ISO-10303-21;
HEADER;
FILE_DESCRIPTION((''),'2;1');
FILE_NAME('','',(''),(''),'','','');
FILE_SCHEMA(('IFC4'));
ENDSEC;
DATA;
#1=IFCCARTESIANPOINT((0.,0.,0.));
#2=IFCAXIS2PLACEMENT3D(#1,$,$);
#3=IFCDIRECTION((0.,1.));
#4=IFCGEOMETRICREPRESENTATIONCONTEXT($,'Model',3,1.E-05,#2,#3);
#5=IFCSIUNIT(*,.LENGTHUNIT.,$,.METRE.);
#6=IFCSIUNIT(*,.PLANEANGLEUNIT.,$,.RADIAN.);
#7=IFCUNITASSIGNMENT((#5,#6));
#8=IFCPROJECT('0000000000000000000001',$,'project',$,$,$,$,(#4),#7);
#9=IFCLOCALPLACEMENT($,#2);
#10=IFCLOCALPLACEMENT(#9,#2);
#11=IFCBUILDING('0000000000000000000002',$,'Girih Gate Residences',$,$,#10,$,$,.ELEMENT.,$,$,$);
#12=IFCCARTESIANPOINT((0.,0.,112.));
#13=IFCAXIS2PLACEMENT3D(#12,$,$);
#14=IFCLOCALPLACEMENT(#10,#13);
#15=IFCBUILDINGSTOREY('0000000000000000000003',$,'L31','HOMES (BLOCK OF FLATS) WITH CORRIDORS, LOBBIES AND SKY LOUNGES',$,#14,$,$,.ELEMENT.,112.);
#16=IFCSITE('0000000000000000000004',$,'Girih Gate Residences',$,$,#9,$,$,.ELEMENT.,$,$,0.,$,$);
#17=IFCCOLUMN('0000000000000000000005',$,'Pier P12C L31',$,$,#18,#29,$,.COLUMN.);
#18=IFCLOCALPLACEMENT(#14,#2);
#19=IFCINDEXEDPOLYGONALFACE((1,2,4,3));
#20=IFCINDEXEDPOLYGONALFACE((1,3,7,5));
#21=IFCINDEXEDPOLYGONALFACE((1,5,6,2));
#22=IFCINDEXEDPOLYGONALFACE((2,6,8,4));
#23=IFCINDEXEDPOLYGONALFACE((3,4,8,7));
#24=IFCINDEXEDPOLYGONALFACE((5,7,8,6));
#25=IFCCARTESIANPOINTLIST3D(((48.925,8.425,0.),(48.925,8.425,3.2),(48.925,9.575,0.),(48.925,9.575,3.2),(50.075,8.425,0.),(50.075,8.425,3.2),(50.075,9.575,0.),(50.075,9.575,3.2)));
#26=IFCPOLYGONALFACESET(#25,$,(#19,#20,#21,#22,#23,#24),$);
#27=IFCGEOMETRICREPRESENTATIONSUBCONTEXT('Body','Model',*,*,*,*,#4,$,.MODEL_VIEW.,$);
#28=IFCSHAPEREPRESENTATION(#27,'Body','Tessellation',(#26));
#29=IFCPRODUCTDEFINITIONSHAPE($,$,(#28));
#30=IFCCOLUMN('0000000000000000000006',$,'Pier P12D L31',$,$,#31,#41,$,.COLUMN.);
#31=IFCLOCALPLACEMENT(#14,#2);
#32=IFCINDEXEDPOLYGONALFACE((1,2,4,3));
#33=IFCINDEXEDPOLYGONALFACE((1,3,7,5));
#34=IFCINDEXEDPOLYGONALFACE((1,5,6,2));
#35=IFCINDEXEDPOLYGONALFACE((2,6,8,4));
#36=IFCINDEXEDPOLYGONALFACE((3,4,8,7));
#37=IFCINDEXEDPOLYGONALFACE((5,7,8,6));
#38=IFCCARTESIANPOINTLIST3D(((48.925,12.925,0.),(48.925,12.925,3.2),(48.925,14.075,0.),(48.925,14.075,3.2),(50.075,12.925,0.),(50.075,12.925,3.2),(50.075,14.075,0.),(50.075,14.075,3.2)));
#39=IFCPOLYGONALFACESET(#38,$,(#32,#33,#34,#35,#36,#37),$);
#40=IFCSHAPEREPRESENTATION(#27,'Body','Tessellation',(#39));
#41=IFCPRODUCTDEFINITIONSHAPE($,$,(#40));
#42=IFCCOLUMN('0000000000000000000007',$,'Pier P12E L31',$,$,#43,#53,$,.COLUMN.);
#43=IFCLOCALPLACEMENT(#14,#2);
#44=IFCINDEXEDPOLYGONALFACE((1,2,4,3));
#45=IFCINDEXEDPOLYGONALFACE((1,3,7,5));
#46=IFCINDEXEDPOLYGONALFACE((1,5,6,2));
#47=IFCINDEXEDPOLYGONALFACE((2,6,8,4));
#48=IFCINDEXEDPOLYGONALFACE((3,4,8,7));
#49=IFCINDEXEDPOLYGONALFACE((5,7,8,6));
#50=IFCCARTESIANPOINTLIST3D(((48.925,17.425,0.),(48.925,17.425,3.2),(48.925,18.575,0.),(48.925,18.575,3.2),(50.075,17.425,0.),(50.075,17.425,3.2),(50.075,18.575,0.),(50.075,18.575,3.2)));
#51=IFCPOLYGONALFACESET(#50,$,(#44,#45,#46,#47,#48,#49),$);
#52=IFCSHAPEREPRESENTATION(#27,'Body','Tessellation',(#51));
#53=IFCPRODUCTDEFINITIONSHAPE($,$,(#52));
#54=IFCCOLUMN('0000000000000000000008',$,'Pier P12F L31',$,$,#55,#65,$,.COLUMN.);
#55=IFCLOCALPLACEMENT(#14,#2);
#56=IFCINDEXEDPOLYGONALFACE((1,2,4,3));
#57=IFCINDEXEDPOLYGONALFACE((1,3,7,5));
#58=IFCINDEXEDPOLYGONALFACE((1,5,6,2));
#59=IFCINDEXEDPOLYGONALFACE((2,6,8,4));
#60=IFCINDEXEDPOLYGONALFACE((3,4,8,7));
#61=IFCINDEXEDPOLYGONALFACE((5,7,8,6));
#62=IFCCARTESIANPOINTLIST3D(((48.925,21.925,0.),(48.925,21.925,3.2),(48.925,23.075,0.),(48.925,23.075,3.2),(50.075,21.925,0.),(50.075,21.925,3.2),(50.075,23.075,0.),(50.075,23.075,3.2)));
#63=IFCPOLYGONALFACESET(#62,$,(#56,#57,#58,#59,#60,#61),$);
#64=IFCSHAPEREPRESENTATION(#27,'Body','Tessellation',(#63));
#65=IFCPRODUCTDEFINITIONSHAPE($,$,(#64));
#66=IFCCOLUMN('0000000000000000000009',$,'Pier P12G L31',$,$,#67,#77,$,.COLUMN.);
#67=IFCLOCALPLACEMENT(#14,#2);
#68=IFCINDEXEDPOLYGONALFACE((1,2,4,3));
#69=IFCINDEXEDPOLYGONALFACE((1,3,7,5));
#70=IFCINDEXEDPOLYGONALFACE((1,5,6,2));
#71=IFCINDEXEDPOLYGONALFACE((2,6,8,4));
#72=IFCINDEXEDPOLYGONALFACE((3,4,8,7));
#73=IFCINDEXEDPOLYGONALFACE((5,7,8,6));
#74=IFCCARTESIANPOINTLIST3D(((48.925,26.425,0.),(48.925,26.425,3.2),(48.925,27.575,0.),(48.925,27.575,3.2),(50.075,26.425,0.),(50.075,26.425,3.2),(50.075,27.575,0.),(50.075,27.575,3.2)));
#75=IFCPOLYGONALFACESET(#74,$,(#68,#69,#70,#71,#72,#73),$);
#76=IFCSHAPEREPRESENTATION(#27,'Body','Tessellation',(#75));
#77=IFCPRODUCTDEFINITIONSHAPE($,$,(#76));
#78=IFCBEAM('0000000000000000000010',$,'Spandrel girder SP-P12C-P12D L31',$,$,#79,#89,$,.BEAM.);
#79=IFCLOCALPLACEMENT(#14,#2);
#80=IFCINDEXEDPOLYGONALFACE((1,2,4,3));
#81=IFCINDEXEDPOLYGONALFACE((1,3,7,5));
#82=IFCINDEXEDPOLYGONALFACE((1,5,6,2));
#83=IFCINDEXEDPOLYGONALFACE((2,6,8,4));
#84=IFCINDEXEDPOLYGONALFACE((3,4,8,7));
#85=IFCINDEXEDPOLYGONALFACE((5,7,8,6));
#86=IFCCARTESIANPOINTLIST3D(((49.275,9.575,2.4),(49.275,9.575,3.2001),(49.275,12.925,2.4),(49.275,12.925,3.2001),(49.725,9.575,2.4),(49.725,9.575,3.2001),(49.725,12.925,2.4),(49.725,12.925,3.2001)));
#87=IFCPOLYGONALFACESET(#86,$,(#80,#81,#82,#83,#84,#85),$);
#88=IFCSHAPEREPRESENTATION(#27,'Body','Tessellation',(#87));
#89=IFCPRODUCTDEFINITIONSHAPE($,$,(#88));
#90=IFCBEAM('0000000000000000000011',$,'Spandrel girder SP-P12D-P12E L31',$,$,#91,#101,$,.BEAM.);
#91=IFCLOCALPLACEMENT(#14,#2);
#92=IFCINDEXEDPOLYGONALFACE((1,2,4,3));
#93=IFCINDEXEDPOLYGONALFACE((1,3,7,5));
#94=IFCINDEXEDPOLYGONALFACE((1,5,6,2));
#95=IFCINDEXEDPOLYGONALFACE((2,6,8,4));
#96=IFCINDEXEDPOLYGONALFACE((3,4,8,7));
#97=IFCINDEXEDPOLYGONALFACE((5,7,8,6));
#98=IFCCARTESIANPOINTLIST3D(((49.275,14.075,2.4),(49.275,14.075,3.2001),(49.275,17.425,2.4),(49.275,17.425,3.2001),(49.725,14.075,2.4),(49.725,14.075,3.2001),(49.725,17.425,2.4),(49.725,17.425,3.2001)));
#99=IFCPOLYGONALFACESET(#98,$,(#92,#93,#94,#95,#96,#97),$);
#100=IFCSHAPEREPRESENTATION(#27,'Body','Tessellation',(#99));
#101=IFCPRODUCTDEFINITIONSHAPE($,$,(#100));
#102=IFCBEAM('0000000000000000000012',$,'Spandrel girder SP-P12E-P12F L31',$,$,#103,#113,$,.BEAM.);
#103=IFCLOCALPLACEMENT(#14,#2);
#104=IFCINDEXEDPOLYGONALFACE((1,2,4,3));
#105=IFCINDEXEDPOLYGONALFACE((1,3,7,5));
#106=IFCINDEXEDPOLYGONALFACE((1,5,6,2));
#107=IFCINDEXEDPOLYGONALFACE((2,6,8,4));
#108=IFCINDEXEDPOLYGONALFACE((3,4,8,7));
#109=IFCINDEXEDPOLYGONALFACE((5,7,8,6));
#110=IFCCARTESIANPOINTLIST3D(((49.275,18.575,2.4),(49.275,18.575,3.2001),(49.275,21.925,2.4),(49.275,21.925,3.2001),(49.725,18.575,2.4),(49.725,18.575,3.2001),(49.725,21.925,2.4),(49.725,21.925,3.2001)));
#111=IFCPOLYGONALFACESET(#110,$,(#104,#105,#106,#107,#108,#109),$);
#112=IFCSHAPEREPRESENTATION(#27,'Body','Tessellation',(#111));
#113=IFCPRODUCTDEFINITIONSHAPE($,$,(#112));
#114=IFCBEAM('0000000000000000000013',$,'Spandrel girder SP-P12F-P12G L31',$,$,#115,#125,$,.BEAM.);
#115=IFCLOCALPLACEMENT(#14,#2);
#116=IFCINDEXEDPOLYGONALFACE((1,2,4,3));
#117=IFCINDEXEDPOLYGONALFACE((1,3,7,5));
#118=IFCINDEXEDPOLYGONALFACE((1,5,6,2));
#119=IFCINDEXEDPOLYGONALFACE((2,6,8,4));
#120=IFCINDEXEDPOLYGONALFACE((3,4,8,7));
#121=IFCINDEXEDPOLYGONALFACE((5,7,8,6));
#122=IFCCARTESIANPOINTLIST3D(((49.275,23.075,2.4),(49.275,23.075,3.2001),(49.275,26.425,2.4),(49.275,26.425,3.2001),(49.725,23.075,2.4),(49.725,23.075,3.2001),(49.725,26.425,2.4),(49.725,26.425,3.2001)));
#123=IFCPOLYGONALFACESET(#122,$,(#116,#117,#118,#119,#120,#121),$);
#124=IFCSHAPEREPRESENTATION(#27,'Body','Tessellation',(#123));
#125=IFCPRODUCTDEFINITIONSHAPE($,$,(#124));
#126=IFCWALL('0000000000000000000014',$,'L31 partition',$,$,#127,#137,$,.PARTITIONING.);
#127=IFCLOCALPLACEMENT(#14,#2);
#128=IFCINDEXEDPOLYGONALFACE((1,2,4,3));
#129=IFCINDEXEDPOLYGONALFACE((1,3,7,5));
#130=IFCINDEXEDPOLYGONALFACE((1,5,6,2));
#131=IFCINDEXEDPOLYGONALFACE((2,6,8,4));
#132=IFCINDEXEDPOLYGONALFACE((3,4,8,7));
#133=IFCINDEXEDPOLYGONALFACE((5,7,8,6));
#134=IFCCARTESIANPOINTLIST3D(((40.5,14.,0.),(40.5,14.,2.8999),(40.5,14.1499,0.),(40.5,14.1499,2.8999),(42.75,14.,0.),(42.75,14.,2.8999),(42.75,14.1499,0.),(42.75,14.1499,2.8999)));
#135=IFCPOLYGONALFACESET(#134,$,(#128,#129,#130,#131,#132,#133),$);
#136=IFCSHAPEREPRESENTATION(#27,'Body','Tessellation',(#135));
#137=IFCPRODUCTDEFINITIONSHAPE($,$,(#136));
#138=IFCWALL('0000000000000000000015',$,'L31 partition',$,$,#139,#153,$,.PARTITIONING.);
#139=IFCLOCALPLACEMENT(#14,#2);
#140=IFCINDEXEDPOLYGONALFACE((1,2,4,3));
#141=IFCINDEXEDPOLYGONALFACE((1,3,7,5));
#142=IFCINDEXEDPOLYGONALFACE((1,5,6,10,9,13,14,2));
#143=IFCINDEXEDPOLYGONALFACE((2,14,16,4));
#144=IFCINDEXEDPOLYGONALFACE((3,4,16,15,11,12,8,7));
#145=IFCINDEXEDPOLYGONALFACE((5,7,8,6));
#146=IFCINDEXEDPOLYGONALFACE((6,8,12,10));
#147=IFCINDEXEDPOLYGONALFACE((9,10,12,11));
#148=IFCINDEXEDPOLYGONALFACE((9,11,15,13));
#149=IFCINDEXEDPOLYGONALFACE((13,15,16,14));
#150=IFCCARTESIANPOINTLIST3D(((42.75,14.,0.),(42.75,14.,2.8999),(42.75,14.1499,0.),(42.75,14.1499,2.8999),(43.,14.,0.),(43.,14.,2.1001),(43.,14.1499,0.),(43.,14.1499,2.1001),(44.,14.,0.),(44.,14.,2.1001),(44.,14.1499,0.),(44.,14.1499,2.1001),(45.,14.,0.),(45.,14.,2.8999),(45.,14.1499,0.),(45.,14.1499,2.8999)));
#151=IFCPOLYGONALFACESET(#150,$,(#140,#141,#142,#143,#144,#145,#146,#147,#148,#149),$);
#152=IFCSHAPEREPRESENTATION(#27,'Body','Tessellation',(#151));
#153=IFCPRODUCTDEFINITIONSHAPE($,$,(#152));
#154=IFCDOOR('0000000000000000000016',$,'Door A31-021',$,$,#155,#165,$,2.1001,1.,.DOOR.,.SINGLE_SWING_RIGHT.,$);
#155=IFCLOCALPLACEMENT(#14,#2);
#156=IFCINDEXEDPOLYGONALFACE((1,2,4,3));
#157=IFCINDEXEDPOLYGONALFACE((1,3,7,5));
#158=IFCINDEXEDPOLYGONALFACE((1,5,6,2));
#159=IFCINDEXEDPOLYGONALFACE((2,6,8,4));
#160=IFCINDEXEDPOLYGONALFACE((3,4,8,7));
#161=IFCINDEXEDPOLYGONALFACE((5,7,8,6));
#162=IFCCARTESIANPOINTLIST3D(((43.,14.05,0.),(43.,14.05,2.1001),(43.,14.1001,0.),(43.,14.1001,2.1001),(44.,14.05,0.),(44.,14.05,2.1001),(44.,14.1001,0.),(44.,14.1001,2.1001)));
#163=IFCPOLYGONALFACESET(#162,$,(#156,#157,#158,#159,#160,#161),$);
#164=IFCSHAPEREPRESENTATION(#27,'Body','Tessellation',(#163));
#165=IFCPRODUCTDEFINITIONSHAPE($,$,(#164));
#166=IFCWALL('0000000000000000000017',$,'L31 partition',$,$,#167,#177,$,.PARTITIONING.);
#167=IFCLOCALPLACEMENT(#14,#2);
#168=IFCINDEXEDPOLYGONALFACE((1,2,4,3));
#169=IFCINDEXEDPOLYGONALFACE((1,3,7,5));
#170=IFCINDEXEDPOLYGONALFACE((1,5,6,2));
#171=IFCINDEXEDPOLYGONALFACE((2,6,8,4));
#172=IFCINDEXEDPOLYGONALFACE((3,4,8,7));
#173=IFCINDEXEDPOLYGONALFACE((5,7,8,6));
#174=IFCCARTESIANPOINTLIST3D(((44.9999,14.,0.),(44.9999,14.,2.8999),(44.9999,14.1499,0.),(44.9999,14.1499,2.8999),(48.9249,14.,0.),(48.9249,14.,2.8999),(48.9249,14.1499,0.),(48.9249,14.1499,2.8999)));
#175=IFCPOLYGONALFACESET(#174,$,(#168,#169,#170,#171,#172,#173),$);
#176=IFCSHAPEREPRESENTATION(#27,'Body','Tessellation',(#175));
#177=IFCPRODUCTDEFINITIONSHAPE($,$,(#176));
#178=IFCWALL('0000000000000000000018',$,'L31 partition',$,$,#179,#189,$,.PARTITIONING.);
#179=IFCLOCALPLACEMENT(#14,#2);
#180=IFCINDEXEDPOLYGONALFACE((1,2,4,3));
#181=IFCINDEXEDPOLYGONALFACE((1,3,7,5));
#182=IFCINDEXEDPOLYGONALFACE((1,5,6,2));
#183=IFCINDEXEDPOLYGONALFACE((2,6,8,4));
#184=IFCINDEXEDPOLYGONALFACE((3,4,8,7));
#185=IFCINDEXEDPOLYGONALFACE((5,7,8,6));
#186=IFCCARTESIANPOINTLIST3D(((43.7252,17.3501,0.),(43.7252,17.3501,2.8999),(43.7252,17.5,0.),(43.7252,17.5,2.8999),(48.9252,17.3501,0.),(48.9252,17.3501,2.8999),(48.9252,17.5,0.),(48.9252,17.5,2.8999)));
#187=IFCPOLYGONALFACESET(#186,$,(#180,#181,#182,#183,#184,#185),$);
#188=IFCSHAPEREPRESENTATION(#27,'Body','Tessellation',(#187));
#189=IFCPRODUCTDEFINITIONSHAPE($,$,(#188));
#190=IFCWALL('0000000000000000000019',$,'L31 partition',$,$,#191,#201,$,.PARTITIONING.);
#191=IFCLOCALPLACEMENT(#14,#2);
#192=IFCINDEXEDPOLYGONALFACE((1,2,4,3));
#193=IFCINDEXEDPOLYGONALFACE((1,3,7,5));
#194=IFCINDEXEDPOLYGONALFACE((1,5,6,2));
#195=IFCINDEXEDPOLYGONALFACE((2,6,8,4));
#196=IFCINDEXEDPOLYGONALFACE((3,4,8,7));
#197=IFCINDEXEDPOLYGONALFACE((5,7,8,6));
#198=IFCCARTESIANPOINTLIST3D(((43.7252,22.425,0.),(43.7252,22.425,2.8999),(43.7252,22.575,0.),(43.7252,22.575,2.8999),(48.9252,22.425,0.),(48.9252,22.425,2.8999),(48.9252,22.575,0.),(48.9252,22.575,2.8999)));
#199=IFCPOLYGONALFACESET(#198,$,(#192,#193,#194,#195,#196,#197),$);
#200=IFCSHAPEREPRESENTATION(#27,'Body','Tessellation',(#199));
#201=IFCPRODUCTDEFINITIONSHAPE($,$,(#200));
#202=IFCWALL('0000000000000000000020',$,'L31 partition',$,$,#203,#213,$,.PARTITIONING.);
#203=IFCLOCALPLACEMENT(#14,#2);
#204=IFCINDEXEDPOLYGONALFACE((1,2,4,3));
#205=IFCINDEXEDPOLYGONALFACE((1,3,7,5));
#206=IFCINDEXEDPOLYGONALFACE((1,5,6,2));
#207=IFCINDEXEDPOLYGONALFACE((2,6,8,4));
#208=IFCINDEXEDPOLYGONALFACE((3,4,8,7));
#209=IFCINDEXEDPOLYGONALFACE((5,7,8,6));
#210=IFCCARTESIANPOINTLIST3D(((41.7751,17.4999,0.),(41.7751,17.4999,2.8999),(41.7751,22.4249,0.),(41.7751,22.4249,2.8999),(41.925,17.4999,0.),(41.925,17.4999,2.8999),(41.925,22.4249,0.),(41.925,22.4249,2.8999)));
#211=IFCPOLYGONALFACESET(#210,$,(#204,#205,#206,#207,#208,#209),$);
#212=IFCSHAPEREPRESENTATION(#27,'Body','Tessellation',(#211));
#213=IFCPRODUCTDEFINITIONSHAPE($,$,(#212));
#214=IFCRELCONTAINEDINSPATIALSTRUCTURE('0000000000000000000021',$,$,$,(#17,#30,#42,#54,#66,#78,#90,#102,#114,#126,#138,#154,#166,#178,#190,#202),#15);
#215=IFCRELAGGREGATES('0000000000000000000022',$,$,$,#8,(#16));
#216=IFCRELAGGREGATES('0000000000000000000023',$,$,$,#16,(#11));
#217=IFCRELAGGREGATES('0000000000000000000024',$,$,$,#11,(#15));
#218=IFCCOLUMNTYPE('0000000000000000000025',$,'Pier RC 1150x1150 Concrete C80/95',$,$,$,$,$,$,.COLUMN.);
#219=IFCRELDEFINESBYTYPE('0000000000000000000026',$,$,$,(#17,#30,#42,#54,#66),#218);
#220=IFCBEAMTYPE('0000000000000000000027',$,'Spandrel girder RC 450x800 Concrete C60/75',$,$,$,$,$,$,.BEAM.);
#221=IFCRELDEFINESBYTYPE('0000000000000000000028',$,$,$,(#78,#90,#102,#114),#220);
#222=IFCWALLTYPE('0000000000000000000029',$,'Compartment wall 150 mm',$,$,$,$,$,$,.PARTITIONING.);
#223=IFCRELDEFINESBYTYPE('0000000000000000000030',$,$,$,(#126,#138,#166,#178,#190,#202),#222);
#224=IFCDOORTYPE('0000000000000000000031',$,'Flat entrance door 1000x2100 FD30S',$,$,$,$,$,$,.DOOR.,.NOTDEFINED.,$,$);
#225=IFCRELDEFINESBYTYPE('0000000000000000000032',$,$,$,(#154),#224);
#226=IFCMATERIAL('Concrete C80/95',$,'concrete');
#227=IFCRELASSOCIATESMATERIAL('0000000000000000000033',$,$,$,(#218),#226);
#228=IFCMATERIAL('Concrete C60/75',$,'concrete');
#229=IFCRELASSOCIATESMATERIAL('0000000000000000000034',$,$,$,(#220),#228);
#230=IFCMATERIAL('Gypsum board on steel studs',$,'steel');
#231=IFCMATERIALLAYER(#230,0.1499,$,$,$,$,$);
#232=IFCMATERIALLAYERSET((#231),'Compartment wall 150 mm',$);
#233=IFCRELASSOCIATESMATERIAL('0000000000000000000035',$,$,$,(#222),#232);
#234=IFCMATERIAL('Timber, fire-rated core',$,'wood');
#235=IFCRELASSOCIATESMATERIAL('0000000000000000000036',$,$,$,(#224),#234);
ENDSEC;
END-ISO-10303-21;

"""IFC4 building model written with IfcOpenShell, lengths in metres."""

from ifc_helpers import new_model, si_unit, direction, frame, frame_2d, origin, origin_2d, place, context, subcontext, project, spatial, rectangle, extrude, material, layer, layer_set, material_profile, profile_set, type_object, element, fill, save


model = new_model("IFC4")

# Units and contexts
model_context = context("Model", 3, precision=1e-05, world=origin(), true_north=direction((0.0, 1.0)))
body_context = subcontext(model_context, "Body", "Model", "MODEL_VIEW")
ifc_project = project(units=[si_unit("LENGTHUNIT", "METRE"), si_unit("PLANEANGLEUNIT", "RADIAN")], contexts=[model_context])

# Site, building, storey
site_placement = place(None, origin())
site = spatial("IfcSite", under=ifc_project, at=site_placement, Name="Girih Gate Residences", CompositionType="ELEMENT", RefElevation=0.0)
building_placement = place(site_placement, origin())
building = spatial("IfcBuilding", under=site, at=building_placement, Name="Girih Gate Residences", CompositionType="ELEMENT")
storey_placement = place(building_placement, frame((0.0, 0.0, 112.0)))
storey = spatial("IfcBuildingStorey", under=building, at=storey_placement, Name="L31", Description="HOMES (BLOCK OF FLATS) WITH CORRIDORS, LOBBIES AND SKY LOUNGES", CompositionType="ELEMENT", Elevation=112.0)

# Columns
ifc_material_1 = material(Name="Concrete C80/95", Category="concrete")
ifc_material_profile_1 = material_profile(ifc_material_1, rectangle(XDim=1.1499, YDim=1.1499, at=origin_2d()))
ifc_profile_set_1 = profile_set([ifc_material_profile_1], Name="Concrete C80/95")
column_type = type_object("IfcColumnType", Name="Pier RC 1150x1150 Concrete C80/95", PredefinedType="COLUMN", material=ifc_profile_set_1)
for number, where, z_axis, x_axis, name in (
    (1, (49.5, 9.0, 0.0), (0.0, 0.0, 1.0), (1.0, 0.0, 0.0), "Pier P12C L31"),
    (2, (49.5, 13.5, 0.0), (0.0, 0.0, 1.0), (1.0, 0.0, 0.0), "Pier P12D L31"),
    (3, (49.5, 18.0, 0.0), (0.0, 0.0, 1.0), (1.0, 0.0, 0.0), "Pier P12E L31"),
    (4, (49.5, 22.5, 0.0), (0.0, 0.0, 1.0), (1.0, 0.0, 0.0), "Pier P12F L31"),
    (5, (49.5, 27.0, 0.0), (0.0, 0.0, 1.0), (1.0, 0.0, 0.0), "Pier P12G L31"),
):
    element("IfcColumn", number, at=place(storey_placement, frame(where, z_axis=z_axis, x_axis=x_axis)), inside=storey, type_object=column_type, Name=name, PredefinedType="COLUMN", context=body_context, shape_type="SweptSolid", body=[
        extrude(rectangle(XDim=1.1499, YDim=1.1499, at=origin_2d()), origin(), (0.0, 0.0, 1.0), 3.2),
    ])

# Beams
ifc_material_2 = material(Name="Concrete C60/75", Category="concrete")
ifc_material_profile_2 = material_profile(ifc_material_2, rectangle(XDim=0.45, YDim=0.8, at=origin_2d()))
ifc_profile_set_2 = profile_set([ifc_material_profile_2], Name="Concrete C60/75")
beam_type = type_object("IfcBeamType", Name="Spandrel girder RC 450x800 Concrete C60/75", PredefinedType="BEAM", material=ifc_profile_set_2)
for number, where, z_axis, x_axis, name in (
    (6, (49.5, 9.575, 2.8), (0.0, 1.0, 0.0), (-1.0, 0.0, 0.0), "Spandrel girder SP-P12C-P12D L31"),
    (7, (49.5, 14.075, 2.8), (0.0, 1.0, 0.0), (-1.0, 0.0, 0.0), "Spandrel girder SP-P12D-P12E L31"),
    (8, (49.5, 18.575, 2.8), (0.0, 1.0, 0.0), (-1.0, 0.0, 0.0), "Spandrel girder SP-P12E-P12F L31"),
    (9, (49.5, 23.075, 2.8), (0.0, 1.0, 0.0), (-1.0, 0.0, 0.0), "Spandrel girder SP-P12F-P12G L31"),
):
    element("IfcBeam", number, at=place(storey_placement, frame(where, z_axis=z_axis, x_axis=x_axis)), inside=storey, type_object=beam_type, Name=name, PredefinedType="BEAM", context=body_context, shape_type="SweptSolid", body=[
        extrude(rectangle(XDim=0.45, YDim=0.8, at=origin_2d()), origin(), (0.0, 0.0, 1.0), 3.3501),
    ])

# Wall
ifc_material_3 = material(Name="Gypsum board on steel studs", Category="steel")
ifc_layer_1 = layer(ifc_material_3, 0.1499)
ifc_layer_set_1 = layer_set([ifc_layer_1], Name="Compartment wall 150 mm")
wall_type_1 = type_object("IfcWallType", Name="Compartment wall 150 mm", PredefinedType="PARTITIONING", material=ifc_layer_set_1)
wall_1_placement = place(storey_placement, frame((40.5, 14.075, 0.0), z_axis=(0.0, 0.0, 1.0), x_axis=(1.0, 0.0, 0.0)))
element("IfcWall", 10, at=wall_1_placement, inside=storey, type_object=wall_type_1, Name="L31 partition", PredefinedType="PARTITIONING", context=body_context, shape_type="SweptSolid", body=[
    extrude(rectangle(XDim=2.25, YDim=0.1499, at=frame_2d((1.125, 0.0))), origin(), (0.0, 0.0, 1.0), 2.8999),
])

# Wall, opening, door
wall_2_placement = place(storey_placement, frame((45.0, 14.075, 0.0), z_axis=(0.0, 0.0, 1.0), x_axis=(-1.0, 0.0, 0.0)))
wall_2 = element("IfcWall", 11, at=wall_2_placement, inside=storey, type_object=wall_type_1, Name="L31 partition", PredefinedType="PARTITIONING", context=body_context, shape_type="SweptSolid", body=[
    extrude(rectangle(XDim=2.25, YDim=0.1499, at=frame_2d((1.125, 0.0))), origin(), (0.0, 0.0, 1.0), 2.8999),
])
opening_1_placement = place(wall_2_placement, frame((1.0, 0.0, 0.0)))
opening_1 = element("IfcOpeningElement", 12, at=opening_1_placement, cuts=wall_2, PredefinedType="OPENING", context=body_context, shape_type="SweptSolid", body=[
    extrude(rectangle(XDim=1.0, YDim=2.1001, at=frame_2d((0.5, 1.05))), frame((0.0, 0.085, 0.0), z_axis=(0.0, -1.0, 0.0), x_axis=(1.0, 0.0, 0.0)), (0.0, 0.0, 1.0), 0.1699),
])
ifc_material_4 = material(Name="Timber, fire-rated core", Category="wood")
door_type_1 = type_object("IfcDoorType", Name="Flat entrance door 1000x2100 FD30S", OperationType="NOTDEFINED", PredefinedType="DOOR", material=ifc_material_4)
door_1_placement = place(opening_1_placement, origin())
door_1 = element("IfcDoor", 13, at=door_1_placement, inside=storey, type_object=door_type_1, Name="Door A31-021", OperationType="SINGLE_SWING_RIGHT", OverallHeight=2.1001, OverallWidth=1.0, PredefinedType="DOOR", context=body_context, shape_type="SweptSolid", body=[
    extrude(rectangle(XDim=1.0, YDim=2.1001, at=frame_2d((0.5, 1.05))), frame((0.0, 0.0249, 0.0), z_axis=(0.0, -1.0, 0.0), x_axis=(1.0, 0.0, 0.0)), (0.0, 0.0, 1.0), 0.05),
])
fill(opening_1, door_1)

# Walls
wall_3_placement = place(storey_placement, frame((45.0, 14.075, 0.0), z_axis=(0.0, 0.0, 1.0), x_axis=(1.0, 0.0, 0.0)))
element("IfcWall", 14, at=wall_3_placement, inside=storey, type_object=wall_type_1, Name="L31 partition", PredefinedType="PARTITIONING", context=body_context, shape_type="SweptSolid", body=[
    extrude(rectangle(XDim=3.925, YDim=0.1499, at=frame_2d((1.9624, 0.0))), origin(), (0.0, 0.0, 1.0), 2.8999),
])
for number, where, z_axis, x_axis, name in (
    (15, (43.7251, 17.425, 0.0), (0.0, 0.0, 1.0), (1.0, 0.0, 0.0), "L31 partition"),
    (16, (43.7251, 22.5, 0.0), (0.0, 0.0, 1.0), (1.0, 0.0, 0.0), "L31 partition"),
):
    element("IfcWall", number, at=place(storey_placement, frame(where, z_axis=z_axis, x_axis=x_axis)), inside=storey, type_object=wall_type_1, Name=name, PredefinedType="PARTITIONING", context=body_context, shape_type="SweptSolid", body=[
        extrude(rectangle(XDim=5.2, YDim=0.1499, at=frame_2d((2.6001, 0.0))), origin(), (0.0, 0.0, 1.0), 2.8999),
    ])
wall_4_placement = place(storey_placement, frame((41.8501, 17.5, 0.0), z_axis=(0.0, 0.0, 1.0), x_axis=(0.0, 1.0, 0.0)))
element("IfcWall", 17, at=wall_4_placement, inside=storey, type_object=wall_type_1, Name="L31 partition", PredefinedType="PARTITIONING", context=body_context, shape_type="SweptSolid", body=[
    extrude(rectangle(XDim=4.925, YDim=0.1499, at=frame_2d((2.4624, 0.0))), origin(), (0.0, 0.0, 1.0), 2.8999),
])

save(model, "model.ifc")
